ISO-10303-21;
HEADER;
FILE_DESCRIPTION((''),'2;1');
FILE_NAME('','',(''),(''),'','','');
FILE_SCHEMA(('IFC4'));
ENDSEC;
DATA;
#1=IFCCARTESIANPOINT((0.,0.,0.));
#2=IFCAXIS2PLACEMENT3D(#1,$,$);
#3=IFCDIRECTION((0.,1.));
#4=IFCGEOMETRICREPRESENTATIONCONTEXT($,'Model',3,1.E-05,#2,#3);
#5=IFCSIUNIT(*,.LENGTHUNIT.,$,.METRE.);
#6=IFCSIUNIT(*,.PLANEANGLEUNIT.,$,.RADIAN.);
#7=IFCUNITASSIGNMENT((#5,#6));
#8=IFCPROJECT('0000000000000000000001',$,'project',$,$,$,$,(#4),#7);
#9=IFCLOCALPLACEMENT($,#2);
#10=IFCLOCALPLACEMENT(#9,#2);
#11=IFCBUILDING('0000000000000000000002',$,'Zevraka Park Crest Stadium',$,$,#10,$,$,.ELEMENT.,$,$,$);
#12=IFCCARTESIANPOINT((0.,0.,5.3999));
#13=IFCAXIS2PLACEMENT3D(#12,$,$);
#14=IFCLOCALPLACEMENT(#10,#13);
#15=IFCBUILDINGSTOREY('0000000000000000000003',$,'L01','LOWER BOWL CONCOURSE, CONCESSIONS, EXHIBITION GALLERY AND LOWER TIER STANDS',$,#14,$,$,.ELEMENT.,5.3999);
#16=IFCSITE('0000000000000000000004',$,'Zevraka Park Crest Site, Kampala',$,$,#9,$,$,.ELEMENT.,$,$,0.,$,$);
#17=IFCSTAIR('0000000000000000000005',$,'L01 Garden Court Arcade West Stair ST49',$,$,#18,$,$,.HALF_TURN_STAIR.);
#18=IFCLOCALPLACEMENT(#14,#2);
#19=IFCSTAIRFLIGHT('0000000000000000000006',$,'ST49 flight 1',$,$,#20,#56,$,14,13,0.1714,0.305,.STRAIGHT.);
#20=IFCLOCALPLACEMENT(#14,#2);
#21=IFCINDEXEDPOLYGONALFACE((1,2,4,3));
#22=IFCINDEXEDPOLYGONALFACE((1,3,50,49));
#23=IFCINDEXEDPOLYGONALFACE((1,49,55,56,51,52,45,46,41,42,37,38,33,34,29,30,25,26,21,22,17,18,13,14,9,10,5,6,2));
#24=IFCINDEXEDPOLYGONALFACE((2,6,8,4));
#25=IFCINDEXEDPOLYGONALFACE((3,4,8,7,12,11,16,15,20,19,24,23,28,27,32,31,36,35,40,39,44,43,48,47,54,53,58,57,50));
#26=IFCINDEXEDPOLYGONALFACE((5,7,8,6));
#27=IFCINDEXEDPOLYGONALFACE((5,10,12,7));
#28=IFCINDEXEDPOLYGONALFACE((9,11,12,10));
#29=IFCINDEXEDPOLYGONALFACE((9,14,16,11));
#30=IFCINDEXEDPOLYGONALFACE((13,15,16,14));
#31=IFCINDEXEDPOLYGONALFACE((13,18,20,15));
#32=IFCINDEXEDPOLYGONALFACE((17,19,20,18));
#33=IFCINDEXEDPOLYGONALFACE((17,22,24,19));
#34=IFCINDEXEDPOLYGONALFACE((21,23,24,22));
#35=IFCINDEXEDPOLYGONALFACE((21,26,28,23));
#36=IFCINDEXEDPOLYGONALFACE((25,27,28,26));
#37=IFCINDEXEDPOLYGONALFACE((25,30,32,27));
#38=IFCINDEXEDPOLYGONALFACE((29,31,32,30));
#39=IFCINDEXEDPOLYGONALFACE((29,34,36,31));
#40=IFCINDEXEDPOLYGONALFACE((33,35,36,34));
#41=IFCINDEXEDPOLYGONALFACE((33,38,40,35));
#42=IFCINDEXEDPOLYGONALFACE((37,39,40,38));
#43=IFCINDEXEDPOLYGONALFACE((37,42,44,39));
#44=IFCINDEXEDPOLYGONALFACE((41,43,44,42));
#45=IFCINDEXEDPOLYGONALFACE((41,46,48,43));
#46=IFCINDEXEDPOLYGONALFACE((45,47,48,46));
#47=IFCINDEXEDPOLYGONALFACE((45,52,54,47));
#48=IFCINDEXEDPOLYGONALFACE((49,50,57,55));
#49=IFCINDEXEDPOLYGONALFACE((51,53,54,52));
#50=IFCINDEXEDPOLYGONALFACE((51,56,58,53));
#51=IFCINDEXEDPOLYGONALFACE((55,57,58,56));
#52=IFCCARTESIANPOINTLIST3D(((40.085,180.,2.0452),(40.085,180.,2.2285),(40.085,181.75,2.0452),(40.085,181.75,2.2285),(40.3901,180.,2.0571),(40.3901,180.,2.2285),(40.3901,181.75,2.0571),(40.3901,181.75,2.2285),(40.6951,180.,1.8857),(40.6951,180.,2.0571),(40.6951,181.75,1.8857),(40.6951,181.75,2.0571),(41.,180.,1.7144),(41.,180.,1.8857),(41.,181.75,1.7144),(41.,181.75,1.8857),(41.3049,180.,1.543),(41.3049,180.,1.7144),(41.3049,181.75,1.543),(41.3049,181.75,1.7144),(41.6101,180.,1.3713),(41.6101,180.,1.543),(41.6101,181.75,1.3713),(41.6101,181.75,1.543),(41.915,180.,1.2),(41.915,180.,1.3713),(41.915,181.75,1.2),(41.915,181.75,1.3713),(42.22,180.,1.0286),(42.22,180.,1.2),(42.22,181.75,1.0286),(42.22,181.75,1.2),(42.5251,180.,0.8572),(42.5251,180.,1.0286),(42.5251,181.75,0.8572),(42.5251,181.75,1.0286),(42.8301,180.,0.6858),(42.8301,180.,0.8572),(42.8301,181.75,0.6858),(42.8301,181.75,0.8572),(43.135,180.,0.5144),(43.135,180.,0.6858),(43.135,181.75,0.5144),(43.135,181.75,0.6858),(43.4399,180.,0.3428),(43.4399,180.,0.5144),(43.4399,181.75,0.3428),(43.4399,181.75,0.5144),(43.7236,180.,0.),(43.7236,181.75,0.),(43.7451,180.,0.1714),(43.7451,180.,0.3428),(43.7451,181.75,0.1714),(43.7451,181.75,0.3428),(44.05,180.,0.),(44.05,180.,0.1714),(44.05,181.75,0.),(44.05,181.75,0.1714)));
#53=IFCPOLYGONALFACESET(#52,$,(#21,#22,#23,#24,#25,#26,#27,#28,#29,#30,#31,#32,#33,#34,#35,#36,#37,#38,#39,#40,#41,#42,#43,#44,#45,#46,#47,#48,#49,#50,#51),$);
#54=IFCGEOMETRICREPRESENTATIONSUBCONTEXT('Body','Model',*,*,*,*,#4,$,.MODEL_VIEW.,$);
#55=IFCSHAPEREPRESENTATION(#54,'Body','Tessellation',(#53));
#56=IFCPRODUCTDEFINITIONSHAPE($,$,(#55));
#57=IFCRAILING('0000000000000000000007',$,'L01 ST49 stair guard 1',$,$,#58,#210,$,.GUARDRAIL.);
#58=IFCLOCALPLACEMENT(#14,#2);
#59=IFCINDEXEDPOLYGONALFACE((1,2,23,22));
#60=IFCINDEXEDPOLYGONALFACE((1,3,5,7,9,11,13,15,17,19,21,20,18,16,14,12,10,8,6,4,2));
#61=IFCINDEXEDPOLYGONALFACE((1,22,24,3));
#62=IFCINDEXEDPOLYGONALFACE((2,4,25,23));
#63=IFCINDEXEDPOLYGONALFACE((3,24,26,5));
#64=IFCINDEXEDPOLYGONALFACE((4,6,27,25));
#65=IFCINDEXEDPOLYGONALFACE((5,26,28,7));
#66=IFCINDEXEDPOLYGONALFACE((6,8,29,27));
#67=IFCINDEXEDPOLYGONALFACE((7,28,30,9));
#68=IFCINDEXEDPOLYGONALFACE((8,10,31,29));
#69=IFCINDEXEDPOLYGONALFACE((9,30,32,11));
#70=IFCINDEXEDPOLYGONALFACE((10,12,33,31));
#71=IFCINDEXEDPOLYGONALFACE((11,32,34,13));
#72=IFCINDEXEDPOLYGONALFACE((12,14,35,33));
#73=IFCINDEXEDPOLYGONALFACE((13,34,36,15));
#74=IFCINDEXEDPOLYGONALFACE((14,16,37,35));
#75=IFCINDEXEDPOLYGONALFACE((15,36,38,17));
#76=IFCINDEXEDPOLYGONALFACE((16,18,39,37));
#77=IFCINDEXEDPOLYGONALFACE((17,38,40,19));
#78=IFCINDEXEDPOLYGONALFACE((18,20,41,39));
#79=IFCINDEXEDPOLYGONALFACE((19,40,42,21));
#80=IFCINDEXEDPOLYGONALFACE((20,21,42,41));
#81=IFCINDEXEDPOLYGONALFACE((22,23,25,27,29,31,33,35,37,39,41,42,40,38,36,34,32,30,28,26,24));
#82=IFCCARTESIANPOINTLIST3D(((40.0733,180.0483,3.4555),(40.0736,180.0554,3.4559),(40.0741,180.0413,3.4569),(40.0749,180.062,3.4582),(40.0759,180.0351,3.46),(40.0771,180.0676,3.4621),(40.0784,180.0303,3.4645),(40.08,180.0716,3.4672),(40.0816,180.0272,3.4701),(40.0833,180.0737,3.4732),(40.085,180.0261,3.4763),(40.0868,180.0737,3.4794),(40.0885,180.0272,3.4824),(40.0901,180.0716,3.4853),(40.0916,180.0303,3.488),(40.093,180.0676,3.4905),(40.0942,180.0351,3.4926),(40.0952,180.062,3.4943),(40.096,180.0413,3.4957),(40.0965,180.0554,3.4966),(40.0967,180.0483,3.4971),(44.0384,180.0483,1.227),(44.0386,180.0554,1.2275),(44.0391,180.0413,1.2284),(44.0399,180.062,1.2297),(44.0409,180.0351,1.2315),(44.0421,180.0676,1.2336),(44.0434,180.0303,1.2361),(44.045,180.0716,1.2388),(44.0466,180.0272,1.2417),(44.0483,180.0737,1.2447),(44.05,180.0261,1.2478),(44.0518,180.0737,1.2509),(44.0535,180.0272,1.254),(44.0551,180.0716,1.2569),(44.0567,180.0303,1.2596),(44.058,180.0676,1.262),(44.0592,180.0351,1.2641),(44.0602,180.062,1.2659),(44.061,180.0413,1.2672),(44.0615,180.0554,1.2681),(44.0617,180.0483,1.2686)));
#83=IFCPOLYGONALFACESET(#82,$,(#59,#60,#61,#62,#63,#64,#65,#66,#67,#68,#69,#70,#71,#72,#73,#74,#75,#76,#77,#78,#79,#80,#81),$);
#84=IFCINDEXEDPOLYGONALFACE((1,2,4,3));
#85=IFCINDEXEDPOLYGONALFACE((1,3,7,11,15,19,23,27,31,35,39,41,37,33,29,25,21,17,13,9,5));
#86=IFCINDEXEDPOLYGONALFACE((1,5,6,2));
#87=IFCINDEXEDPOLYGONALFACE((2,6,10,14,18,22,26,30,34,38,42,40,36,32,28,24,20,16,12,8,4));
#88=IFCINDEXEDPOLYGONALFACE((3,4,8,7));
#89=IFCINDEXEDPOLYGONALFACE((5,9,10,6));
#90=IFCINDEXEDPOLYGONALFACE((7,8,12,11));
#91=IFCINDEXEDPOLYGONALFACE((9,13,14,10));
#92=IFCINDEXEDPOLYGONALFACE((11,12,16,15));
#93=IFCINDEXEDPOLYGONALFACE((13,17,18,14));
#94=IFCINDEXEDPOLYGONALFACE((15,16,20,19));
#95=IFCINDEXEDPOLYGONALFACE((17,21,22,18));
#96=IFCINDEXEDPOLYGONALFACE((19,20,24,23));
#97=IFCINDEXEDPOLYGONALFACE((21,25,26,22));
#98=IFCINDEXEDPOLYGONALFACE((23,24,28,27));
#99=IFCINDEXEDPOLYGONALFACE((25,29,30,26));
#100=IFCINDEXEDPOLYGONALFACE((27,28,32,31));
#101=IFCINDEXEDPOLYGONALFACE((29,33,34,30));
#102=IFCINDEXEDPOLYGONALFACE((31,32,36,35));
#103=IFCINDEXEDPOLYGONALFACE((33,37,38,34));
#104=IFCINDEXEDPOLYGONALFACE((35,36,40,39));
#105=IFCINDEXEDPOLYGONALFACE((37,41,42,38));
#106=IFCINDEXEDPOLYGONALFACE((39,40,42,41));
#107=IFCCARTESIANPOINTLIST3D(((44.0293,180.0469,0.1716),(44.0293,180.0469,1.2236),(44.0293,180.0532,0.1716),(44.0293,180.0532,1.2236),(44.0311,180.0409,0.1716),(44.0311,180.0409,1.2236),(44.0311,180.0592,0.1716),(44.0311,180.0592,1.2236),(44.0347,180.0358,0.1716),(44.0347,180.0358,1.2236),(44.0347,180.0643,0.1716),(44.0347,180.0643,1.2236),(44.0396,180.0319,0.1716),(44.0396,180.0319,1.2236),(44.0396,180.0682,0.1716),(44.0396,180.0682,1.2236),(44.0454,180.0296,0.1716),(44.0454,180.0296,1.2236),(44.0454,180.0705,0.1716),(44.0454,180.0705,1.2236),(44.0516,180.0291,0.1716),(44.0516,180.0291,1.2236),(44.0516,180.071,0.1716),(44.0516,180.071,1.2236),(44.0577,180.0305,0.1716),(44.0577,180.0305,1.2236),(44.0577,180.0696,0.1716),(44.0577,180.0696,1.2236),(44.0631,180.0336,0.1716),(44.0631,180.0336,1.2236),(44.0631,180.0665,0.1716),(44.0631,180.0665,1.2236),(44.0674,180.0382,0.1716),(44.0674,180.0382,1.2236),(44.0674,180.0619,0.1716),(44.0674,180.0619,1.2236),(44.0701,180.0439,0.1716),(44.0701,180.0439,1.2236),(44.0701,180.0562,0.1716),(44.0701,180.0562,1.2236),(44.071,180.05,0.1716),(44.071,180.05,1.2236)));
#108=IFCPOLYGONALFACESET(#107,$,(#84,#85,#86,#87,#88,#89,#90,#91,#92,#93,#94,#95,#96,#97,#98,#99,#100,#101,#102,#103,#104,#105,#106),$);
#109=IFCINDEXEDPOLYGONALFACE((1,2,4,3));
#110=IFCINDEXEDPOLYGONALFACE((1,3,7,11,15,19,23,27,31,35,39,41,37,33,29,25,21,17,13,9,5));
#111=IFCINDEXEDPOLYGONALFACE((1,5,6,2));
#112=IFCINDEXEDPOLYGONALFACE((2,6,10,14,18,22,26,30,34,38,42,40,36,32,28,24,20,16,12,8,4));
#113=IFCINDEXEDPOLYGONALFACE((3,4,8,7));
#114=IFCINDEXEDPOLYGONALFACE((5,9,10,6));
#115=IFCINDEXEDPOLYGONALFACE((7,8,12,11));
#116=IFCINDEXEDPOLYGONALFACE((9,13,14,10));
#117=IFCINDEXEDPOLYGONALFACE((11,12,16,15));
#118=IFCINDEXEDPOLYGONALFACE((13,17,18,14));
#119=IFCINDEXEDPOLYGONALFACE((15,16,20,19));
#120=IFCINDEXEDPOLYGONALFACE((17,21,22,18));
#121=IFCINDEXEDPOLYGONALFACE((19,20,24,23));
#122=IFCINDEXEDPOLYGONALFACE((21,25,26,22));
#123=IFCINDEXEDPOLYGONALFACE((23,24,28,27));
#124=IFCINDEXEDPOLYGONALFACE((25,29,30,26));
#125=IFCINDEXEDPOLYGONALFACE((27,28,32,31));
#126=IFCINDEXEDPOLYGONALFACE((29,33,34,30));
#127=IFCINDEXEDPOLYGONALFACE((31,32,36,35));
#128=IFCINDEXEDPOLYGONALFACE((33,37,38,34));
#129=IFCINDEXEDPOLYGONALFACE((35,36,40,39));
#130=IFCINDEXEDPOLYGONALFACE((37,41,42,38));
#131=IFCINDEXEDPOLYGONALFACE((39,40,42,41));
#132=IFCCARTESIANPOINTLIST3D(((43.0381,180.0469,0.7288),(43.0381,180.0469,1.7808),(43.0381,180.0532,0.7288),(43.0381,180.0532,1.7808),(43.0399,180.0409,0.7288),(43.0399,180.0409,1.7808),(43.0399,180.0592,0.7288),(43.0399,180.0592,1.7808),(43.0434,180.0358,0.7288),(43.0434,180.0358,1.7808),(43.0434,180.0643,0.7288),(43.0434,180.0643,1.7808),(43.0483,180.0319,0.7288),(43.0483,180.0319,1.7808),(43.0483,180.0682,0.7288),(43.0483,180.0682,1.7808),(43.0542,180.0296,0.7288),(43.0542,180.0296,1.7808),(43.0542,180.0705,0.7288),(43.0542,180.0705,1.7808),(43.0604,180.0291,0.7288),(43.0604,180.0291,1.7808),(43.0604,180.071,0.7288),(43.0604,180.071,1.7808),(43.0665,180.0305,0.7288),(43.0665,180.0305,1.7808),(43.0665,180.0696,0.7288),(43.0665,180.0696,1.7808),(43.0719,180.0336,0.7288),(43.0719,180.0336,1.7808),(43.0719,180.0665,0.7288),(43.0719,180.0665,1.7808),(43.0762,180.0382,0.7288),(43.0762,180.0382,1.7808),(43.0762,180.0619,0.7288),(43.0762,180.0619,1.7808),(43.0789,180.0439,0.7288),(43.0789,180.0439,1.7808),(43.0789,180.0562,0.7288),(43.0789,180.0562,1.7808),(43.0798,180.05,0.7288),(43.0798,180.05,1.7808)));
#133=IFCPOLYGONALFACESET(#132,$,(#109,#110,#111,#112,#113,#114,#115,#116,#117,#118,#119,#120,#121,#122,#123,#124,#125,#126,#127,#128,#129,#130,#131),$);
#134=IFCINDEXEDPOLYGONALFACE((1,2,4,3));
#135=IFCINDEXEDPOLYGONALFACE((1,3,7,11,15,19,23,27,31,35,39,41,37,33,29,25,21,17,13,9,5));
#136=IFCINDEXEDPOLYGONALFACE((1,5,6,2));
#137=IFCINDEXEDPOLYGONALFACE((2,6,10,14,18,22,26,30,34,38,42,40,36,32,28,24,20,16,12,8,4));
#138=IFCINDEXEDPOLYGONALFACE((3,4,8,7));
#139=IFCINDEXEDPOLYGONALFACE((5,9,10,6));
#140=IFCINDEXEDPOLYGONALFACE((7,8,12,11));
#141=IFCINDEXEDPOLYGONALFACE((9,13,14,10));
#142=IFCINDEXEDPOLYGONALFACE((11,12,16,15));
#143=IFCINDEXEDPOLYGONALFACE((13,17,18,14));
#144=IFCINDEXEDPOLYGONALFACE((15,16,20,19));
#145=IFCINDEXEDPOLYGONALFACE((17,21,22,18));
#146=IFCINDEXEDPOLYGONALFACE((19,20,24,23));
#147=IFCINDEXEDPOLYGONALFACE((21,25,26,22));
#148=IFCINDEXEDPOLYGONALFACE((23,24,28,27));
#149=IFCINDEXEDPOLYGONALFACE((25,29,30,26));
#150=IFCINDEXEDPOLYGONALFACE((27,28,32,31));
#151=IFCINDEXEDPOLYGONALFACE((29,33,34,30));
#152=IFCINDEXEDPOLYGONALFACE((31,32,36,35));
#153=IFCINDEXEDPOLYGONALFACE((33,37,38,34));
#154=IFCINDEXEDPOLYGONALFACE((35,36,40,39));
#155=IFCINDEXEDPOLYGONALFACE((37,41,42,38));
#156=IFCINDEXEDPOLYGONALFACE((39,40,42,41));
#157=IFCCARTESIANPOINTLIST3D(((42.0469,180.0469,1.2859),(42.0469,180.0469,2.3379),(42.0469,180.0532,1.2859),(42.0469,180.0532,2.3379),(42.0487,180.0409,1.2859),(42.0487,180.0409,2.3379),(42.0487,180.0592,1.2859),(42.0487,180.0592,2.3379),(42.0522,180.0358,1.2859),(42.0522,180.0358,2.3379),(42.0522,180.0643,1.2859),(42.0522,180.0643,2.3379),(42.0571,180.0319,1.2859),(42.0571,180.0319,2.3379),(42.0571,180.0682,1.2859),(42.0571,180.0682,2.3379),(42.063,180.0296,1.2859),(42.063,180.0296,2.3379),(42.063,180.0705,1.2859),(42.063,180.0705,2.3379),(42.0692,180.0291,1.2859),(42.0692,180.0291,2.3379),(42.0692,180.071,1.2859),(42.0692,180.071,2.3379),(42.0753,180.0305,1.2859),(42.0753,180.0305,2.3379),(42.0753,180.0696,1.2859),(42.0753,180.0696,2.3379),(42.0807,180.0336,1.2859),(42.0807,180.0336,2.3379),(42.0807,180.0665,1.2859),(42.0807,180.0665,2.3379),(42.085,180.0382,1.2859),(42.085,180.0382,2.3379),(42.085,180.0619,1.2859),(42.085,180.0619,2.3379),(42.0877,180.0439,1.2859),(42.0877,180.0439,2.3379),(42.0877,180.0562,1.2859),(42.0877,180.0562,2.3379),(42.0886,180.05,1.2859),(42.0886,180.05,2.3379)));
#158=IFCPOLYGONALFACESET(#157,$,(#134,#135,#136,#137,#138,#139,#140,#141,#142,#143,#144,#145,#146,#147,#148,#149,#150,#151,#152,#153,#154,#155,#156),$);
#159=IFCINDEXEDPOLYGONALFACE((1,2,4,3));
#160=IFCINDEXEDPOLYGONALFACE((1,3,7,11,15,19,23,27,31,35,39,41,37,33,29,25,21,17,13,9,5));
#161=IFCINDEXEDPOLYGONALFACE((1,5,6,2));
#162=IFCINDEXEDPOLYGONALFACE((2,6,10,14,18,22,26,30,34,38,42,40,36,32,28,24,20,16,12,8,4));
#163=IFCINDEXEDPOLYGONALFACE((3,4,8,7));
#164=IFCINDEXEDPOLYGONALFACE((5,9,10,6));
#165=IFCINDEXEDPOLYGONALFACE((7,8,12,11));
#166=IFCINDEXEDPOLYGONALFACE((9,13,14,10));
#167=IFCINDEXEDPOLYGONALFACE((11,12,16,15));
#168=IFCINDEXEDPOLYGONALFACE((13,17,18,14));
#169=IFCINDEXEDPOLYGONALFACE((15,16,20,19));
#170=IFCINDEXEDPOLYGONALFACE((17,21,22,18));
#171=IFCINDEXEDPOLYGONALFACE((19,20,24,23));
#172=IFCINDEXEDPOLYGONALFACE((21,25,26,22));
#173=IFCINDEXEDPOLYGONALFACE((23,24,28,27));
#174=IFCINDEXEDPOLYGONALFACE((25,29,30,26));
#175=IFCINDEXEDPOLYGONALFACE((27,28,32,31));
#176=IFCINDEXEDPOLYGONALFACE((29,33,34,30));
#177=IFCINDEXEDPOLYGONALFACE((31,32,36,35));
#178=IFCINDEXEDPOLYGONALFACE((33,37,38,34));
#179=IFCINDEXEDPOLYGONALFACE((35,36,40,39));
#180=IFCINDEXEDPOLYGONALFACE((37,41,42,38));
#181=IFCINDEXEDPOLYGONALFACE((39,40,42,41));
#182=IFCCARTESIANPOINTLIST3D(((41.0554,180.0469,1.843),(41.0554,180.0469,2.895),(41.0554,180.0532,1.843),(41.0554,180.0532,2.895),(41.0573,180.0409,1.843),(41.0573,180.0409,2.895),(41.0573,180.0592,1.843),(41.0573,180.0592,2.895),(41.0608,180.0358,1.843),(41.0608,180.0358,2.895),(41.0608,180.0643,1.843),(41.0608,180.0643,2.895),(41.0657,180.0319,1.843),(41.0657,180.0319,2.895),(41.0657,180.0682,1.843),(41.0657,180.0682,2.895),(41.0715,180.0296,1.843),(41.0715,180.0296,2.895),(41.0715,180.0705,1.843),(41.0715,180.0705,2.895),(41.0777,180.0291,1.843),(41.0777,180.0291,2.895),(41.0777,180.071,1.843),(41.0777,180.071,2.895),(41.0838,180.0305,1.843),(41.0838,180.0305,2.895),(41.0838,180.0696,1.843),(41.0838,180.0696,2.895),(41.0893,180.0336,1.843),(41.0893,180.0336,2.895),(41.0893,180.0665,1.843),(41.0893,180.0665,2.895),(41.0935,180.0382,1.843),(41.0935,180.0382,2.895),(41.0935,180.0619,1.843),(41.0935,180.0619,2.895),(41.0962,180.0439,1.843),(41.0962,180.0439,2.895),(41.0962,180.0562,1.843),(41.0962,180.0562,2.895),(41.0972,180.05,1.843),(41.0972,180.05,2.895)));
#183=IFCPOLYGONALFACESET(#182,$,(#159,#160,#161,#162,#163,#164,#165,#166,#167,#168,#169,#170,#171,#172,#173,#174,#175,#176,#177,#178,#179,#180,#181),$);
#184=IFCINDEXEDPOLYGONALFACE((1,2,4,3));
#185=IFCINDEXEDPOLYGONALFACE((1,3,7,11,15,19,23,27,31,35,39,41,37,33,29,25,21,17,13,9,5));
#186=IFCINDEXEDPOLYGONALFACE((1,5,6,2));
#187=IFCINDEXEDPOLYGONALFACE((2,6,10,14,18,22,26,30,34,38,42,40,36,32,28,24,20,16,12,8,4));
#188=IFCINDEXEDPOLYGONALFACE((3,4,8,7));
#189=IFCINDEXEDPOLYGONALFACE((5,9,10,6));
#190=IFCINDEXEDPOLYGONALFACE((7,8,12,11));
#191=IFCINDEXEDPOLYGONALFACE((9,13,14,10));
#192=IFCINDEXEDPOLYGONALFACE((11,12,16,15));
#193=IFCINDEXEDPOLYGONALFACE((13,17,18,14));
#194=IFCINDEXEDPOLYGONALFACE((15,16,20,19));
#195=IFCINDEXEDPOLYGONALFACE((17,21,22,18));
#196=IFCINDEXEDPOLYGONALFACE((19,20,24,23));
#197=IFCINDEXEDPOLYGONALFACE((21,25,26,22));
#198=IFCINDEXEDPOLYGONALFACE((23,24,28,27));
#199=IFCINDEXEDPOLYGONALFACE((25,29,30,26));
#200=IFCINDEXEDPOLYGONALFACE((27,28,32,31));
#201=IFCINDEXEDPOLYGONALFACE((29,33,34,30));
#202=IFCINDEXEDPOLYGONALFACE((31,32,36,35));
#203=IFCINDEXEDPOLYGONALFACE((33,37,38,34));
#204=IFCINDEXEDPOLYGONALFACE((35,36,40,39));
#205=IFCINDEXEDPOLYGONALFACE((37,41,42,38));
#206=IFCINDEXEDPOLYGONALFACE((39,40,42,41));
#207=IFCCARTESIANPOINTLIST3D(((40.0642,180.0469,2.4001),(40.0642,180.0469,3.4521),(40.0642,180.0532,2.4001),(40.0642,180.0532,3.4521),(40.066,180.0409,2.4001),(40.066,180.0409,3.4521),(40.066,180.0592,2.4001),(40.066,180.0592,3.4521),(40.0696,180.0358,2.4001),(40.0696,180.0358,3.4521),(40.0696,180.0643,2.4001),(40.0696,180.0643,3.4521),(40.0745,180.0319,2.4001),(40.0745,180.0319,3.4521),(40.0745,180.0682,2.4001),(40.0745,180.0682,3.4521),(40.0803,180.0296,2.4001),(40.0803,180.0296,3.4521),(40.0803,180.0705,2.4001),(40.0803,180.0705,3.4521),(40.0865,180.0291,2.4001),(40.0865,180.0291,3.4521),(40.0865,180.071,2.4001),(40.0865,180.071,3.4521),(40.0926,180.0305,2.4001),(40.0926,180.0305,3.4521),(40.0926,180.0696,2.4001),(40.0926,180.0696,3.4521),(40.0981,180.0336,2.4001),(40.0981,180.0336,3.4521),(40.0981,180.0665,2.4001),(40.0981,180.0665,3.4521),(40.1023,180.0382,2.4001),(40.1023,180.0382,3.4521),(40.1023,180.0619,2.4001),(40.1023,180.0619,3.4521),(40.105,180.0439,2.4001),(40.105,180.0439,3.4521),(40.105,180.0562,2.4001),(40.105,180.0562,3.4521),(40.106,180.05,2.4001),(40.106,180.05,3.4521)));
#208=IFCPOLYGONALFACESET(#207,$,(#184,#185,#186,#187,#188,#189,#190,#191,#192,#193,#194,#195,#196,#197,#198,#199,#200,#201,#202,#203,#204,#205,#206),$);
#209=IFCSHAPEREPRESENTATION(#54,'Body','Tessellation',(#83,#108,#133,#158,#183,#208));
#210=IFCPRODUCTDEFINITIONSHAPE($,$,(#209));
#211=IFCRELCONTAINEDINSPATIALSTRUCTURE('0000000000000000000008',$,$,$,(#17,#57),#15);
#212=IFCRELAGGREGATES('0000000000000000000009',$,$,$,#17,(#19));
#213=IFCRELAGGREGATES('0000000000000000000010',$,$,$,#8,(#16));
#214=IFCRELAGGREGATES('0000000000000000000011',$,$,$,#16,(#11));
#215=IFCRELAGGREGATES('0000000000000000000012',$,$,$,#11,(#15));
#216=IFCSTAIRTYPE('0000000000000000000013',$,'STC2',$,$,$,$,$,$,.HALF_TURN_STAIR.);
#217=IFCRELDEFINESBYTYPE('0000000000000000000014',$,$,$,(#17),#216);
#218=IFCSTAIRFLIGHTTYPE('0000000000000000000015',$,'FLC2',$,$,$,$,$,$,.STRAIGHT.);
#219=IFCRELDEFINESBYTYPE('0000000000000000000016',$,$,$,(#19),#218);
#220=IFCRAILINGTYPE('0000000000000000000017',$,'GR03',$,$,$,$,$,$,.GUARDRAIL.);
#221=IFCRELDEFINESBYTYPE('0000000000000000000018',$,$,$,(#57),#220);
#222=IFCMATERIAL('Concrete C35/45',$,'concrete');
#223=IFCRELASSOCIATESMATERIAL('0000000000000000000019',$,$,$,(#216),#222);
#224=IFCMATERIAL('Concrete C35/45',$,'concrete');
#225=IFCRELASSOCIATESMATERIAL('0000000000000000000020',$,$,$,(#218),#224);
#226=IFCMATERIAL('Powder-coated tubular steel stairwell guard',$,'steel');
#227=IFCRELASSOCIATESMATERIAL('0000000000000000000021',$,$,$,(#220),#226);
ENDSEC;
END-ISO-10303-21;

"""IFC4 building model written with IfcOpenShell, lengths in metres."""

from ifc_helpers import new_model, si_unit, direction, frame, origin, origin_2d, place, context, subcontext, project, spatial, polyline, circle, outline, extrude, material, type_object, element, aggregate, save


model = new_model("IFC4")

# Units and contexts
model_context = context("Model", 3, precision=1e-05, world=origin(), true_north=direction((0.0, 1.0)))
body_context = subcontext(model_context, "Body", "Model", "MODEL_VIEW")
ifc_project = project(units=[si_unit("LENGTHUNIT", "METRE"), si_unit("PLANEANGLEUNIT", "RADIAN")], contexts=[model_context])

# Site, building, storey
site_placement = place(None, origin())
site = spatial("IfcSite", under=ifc_project, at=site_placement, Name="Zevraka Park Crest Site, Kampala", CompositionType="ELEMENT", RefElevation=0.0)
building_placement = place(site_placement, origin())
building = spatial("IfcBuilding", under=site, at=building_placement, Name="Zevraka Park Crest Stadium", CompositionType="ELEMENT")
storey_placement = place(building_placement, frame((0.0, 0.0, 5.3999)))
storey = spatial("IfcBuildingStorey", under=building, at=storey_placement, Name="L01", Description="LOWER BOWL CONCOURSE, CONCESSIONS, EXHIBITION GALLERY AND LOWER TIER STANDS", CompositionType="ELEMENT", Elevation=5.3999)

# Stair, stair flight
ifc_material_1 = material(Name="Concrete C35/45", Category="concrete")
stair_type = type_object("IfcStairType", Name="STC2", PredefinedType="HALF_TURN_STAIR", material=ifc_material_1)
stair_placement = place(storey_placement, origin())
stair = element("IfcStair", 1, at=stair_placement, inside=storey, type_object=stair_type, Name="L01 Garden Court Arcade West Stair ST49", PredefinedType="HALF_TURN_STAIR")
ifc_material_2 = material(Name="Concrete C35/45", Category="concrete")
stair_flight_type = type_object("IfcStairFlightType", Name="FLC2", PredefinedType="STRAIGHT", material=ifc_material_2)
stair_flight_placement = place(storey_placement, frame((44.05, 180.875, 0.0), z_axis=(0.0, 0.0, 1.0), x_axis=(-1.0, 0.0, 0.0)))
stair_flight = element("IfcStairFlight", 2, at=stair_flight_placement, type_object=stair_flight_type, Name="ST49 flight 1", NumberOfRisers=14, NumberOfTreads=13, PredefinedType="STRAIGHT", RiserHeight=0.1714, TreadLength=0.305, context=body_context, shape_type="SweptSolid", body=[
    extrude(outline(polyline([(0.0, 0.0), (0.0, 0.1714), (0.3049, 0.1714), (0.3049, 0.3428), (0.6101, 0.3428), (0.6101, 0.5144), (0.915, 0.5144), (0.915, 0.6858), (1.22, 0.6858), (1.22, 0.8572), (1.5249, 0.8572), (1.5249, 1.0286), (1.8301, 1.0286), (1.8301, 1.2), (2.135, 1.2), (2.135, 1.3713), (2.4399, 1.3713), (2.4399, 1.543), (2.7451, 1.543), (2.7451, 1.7144), (3.05, 1.7144), (3.05, 1.8857), (3.355, 1.8857), (3.355, 2.0571), (3.6599, 2.0571), (3.6599, 2.2285), (3.9651, 2.2285), (3.9651, 2.3999), (3.9651, 2.0452), (0.3264, 0.0), (0.0, 0.0)])), frame((0.0, 0.875, 0.0), z_axis=(0.0, -1.0, 0.0), x_axis=(1.0, 0.0, 0.0)), (0.0, 0.0, 1.0), 1.75),
])
aggregate(stair, [stair_flight])

# Railing
ifc_material_3 = material(Name="Powder-coated tubular steel stairwell guard", Category="steel")
railing_type_1 = type_object("IfcRailingType", Name="GR03", PredefinedType="GUARDRAIL", material=ifc_material_3)
railing_1_placement = place(storey_placement, frame((44.05, 180.05, 0.1716)))
element("IfcRailing", 3, at=railing_1_placement, inside=storey, type_object=railing_type_1, Name="L01 ST49 stair guard 1", PredefinedType="GUARDRAIL", context=body_context, shape_type="SweptSolid", body=[
    extrude(circle(Radius=0.0239, at=origin_2d()), frame((0.0, 0.0, 1.0762), z_axis=(-0.871749, 0.0, 0.489953), x_axis=(0.0, -1.0, 0.0)), (0.0, 0.0, 1.0), 4.5483),
    extrude(circle(Radius=0.021, at=origin_2d()), origin(), (0.0, 0.0, 1.0), 1.052),
    extrude(circle(Radius=0.021, at=origin_2d()), frame((-0.9912, 0.0, 0.5571)), (0.0, 0.0, 1.0), 1.052),
    extrude(circle(Radius=0.021, at=origin_2d()), frame((-1.9824, 0.0, 1.1143)), (0.0, 0.0, 1.0), 1.052),
    extrude(circle(Radius=0.021, at=origin_2d()), frame((-2.9739, 0.0, 1.6714)), (0.0, 0.0, 1.0), 1.052),
    extrude(circle(Radius=0.021, at=origin_2d()), frame((-3.9651, 0.0, 2.2285)), (0.0, 0.0, 1.0), 1.052),
])

save(model, "model.ifc")
